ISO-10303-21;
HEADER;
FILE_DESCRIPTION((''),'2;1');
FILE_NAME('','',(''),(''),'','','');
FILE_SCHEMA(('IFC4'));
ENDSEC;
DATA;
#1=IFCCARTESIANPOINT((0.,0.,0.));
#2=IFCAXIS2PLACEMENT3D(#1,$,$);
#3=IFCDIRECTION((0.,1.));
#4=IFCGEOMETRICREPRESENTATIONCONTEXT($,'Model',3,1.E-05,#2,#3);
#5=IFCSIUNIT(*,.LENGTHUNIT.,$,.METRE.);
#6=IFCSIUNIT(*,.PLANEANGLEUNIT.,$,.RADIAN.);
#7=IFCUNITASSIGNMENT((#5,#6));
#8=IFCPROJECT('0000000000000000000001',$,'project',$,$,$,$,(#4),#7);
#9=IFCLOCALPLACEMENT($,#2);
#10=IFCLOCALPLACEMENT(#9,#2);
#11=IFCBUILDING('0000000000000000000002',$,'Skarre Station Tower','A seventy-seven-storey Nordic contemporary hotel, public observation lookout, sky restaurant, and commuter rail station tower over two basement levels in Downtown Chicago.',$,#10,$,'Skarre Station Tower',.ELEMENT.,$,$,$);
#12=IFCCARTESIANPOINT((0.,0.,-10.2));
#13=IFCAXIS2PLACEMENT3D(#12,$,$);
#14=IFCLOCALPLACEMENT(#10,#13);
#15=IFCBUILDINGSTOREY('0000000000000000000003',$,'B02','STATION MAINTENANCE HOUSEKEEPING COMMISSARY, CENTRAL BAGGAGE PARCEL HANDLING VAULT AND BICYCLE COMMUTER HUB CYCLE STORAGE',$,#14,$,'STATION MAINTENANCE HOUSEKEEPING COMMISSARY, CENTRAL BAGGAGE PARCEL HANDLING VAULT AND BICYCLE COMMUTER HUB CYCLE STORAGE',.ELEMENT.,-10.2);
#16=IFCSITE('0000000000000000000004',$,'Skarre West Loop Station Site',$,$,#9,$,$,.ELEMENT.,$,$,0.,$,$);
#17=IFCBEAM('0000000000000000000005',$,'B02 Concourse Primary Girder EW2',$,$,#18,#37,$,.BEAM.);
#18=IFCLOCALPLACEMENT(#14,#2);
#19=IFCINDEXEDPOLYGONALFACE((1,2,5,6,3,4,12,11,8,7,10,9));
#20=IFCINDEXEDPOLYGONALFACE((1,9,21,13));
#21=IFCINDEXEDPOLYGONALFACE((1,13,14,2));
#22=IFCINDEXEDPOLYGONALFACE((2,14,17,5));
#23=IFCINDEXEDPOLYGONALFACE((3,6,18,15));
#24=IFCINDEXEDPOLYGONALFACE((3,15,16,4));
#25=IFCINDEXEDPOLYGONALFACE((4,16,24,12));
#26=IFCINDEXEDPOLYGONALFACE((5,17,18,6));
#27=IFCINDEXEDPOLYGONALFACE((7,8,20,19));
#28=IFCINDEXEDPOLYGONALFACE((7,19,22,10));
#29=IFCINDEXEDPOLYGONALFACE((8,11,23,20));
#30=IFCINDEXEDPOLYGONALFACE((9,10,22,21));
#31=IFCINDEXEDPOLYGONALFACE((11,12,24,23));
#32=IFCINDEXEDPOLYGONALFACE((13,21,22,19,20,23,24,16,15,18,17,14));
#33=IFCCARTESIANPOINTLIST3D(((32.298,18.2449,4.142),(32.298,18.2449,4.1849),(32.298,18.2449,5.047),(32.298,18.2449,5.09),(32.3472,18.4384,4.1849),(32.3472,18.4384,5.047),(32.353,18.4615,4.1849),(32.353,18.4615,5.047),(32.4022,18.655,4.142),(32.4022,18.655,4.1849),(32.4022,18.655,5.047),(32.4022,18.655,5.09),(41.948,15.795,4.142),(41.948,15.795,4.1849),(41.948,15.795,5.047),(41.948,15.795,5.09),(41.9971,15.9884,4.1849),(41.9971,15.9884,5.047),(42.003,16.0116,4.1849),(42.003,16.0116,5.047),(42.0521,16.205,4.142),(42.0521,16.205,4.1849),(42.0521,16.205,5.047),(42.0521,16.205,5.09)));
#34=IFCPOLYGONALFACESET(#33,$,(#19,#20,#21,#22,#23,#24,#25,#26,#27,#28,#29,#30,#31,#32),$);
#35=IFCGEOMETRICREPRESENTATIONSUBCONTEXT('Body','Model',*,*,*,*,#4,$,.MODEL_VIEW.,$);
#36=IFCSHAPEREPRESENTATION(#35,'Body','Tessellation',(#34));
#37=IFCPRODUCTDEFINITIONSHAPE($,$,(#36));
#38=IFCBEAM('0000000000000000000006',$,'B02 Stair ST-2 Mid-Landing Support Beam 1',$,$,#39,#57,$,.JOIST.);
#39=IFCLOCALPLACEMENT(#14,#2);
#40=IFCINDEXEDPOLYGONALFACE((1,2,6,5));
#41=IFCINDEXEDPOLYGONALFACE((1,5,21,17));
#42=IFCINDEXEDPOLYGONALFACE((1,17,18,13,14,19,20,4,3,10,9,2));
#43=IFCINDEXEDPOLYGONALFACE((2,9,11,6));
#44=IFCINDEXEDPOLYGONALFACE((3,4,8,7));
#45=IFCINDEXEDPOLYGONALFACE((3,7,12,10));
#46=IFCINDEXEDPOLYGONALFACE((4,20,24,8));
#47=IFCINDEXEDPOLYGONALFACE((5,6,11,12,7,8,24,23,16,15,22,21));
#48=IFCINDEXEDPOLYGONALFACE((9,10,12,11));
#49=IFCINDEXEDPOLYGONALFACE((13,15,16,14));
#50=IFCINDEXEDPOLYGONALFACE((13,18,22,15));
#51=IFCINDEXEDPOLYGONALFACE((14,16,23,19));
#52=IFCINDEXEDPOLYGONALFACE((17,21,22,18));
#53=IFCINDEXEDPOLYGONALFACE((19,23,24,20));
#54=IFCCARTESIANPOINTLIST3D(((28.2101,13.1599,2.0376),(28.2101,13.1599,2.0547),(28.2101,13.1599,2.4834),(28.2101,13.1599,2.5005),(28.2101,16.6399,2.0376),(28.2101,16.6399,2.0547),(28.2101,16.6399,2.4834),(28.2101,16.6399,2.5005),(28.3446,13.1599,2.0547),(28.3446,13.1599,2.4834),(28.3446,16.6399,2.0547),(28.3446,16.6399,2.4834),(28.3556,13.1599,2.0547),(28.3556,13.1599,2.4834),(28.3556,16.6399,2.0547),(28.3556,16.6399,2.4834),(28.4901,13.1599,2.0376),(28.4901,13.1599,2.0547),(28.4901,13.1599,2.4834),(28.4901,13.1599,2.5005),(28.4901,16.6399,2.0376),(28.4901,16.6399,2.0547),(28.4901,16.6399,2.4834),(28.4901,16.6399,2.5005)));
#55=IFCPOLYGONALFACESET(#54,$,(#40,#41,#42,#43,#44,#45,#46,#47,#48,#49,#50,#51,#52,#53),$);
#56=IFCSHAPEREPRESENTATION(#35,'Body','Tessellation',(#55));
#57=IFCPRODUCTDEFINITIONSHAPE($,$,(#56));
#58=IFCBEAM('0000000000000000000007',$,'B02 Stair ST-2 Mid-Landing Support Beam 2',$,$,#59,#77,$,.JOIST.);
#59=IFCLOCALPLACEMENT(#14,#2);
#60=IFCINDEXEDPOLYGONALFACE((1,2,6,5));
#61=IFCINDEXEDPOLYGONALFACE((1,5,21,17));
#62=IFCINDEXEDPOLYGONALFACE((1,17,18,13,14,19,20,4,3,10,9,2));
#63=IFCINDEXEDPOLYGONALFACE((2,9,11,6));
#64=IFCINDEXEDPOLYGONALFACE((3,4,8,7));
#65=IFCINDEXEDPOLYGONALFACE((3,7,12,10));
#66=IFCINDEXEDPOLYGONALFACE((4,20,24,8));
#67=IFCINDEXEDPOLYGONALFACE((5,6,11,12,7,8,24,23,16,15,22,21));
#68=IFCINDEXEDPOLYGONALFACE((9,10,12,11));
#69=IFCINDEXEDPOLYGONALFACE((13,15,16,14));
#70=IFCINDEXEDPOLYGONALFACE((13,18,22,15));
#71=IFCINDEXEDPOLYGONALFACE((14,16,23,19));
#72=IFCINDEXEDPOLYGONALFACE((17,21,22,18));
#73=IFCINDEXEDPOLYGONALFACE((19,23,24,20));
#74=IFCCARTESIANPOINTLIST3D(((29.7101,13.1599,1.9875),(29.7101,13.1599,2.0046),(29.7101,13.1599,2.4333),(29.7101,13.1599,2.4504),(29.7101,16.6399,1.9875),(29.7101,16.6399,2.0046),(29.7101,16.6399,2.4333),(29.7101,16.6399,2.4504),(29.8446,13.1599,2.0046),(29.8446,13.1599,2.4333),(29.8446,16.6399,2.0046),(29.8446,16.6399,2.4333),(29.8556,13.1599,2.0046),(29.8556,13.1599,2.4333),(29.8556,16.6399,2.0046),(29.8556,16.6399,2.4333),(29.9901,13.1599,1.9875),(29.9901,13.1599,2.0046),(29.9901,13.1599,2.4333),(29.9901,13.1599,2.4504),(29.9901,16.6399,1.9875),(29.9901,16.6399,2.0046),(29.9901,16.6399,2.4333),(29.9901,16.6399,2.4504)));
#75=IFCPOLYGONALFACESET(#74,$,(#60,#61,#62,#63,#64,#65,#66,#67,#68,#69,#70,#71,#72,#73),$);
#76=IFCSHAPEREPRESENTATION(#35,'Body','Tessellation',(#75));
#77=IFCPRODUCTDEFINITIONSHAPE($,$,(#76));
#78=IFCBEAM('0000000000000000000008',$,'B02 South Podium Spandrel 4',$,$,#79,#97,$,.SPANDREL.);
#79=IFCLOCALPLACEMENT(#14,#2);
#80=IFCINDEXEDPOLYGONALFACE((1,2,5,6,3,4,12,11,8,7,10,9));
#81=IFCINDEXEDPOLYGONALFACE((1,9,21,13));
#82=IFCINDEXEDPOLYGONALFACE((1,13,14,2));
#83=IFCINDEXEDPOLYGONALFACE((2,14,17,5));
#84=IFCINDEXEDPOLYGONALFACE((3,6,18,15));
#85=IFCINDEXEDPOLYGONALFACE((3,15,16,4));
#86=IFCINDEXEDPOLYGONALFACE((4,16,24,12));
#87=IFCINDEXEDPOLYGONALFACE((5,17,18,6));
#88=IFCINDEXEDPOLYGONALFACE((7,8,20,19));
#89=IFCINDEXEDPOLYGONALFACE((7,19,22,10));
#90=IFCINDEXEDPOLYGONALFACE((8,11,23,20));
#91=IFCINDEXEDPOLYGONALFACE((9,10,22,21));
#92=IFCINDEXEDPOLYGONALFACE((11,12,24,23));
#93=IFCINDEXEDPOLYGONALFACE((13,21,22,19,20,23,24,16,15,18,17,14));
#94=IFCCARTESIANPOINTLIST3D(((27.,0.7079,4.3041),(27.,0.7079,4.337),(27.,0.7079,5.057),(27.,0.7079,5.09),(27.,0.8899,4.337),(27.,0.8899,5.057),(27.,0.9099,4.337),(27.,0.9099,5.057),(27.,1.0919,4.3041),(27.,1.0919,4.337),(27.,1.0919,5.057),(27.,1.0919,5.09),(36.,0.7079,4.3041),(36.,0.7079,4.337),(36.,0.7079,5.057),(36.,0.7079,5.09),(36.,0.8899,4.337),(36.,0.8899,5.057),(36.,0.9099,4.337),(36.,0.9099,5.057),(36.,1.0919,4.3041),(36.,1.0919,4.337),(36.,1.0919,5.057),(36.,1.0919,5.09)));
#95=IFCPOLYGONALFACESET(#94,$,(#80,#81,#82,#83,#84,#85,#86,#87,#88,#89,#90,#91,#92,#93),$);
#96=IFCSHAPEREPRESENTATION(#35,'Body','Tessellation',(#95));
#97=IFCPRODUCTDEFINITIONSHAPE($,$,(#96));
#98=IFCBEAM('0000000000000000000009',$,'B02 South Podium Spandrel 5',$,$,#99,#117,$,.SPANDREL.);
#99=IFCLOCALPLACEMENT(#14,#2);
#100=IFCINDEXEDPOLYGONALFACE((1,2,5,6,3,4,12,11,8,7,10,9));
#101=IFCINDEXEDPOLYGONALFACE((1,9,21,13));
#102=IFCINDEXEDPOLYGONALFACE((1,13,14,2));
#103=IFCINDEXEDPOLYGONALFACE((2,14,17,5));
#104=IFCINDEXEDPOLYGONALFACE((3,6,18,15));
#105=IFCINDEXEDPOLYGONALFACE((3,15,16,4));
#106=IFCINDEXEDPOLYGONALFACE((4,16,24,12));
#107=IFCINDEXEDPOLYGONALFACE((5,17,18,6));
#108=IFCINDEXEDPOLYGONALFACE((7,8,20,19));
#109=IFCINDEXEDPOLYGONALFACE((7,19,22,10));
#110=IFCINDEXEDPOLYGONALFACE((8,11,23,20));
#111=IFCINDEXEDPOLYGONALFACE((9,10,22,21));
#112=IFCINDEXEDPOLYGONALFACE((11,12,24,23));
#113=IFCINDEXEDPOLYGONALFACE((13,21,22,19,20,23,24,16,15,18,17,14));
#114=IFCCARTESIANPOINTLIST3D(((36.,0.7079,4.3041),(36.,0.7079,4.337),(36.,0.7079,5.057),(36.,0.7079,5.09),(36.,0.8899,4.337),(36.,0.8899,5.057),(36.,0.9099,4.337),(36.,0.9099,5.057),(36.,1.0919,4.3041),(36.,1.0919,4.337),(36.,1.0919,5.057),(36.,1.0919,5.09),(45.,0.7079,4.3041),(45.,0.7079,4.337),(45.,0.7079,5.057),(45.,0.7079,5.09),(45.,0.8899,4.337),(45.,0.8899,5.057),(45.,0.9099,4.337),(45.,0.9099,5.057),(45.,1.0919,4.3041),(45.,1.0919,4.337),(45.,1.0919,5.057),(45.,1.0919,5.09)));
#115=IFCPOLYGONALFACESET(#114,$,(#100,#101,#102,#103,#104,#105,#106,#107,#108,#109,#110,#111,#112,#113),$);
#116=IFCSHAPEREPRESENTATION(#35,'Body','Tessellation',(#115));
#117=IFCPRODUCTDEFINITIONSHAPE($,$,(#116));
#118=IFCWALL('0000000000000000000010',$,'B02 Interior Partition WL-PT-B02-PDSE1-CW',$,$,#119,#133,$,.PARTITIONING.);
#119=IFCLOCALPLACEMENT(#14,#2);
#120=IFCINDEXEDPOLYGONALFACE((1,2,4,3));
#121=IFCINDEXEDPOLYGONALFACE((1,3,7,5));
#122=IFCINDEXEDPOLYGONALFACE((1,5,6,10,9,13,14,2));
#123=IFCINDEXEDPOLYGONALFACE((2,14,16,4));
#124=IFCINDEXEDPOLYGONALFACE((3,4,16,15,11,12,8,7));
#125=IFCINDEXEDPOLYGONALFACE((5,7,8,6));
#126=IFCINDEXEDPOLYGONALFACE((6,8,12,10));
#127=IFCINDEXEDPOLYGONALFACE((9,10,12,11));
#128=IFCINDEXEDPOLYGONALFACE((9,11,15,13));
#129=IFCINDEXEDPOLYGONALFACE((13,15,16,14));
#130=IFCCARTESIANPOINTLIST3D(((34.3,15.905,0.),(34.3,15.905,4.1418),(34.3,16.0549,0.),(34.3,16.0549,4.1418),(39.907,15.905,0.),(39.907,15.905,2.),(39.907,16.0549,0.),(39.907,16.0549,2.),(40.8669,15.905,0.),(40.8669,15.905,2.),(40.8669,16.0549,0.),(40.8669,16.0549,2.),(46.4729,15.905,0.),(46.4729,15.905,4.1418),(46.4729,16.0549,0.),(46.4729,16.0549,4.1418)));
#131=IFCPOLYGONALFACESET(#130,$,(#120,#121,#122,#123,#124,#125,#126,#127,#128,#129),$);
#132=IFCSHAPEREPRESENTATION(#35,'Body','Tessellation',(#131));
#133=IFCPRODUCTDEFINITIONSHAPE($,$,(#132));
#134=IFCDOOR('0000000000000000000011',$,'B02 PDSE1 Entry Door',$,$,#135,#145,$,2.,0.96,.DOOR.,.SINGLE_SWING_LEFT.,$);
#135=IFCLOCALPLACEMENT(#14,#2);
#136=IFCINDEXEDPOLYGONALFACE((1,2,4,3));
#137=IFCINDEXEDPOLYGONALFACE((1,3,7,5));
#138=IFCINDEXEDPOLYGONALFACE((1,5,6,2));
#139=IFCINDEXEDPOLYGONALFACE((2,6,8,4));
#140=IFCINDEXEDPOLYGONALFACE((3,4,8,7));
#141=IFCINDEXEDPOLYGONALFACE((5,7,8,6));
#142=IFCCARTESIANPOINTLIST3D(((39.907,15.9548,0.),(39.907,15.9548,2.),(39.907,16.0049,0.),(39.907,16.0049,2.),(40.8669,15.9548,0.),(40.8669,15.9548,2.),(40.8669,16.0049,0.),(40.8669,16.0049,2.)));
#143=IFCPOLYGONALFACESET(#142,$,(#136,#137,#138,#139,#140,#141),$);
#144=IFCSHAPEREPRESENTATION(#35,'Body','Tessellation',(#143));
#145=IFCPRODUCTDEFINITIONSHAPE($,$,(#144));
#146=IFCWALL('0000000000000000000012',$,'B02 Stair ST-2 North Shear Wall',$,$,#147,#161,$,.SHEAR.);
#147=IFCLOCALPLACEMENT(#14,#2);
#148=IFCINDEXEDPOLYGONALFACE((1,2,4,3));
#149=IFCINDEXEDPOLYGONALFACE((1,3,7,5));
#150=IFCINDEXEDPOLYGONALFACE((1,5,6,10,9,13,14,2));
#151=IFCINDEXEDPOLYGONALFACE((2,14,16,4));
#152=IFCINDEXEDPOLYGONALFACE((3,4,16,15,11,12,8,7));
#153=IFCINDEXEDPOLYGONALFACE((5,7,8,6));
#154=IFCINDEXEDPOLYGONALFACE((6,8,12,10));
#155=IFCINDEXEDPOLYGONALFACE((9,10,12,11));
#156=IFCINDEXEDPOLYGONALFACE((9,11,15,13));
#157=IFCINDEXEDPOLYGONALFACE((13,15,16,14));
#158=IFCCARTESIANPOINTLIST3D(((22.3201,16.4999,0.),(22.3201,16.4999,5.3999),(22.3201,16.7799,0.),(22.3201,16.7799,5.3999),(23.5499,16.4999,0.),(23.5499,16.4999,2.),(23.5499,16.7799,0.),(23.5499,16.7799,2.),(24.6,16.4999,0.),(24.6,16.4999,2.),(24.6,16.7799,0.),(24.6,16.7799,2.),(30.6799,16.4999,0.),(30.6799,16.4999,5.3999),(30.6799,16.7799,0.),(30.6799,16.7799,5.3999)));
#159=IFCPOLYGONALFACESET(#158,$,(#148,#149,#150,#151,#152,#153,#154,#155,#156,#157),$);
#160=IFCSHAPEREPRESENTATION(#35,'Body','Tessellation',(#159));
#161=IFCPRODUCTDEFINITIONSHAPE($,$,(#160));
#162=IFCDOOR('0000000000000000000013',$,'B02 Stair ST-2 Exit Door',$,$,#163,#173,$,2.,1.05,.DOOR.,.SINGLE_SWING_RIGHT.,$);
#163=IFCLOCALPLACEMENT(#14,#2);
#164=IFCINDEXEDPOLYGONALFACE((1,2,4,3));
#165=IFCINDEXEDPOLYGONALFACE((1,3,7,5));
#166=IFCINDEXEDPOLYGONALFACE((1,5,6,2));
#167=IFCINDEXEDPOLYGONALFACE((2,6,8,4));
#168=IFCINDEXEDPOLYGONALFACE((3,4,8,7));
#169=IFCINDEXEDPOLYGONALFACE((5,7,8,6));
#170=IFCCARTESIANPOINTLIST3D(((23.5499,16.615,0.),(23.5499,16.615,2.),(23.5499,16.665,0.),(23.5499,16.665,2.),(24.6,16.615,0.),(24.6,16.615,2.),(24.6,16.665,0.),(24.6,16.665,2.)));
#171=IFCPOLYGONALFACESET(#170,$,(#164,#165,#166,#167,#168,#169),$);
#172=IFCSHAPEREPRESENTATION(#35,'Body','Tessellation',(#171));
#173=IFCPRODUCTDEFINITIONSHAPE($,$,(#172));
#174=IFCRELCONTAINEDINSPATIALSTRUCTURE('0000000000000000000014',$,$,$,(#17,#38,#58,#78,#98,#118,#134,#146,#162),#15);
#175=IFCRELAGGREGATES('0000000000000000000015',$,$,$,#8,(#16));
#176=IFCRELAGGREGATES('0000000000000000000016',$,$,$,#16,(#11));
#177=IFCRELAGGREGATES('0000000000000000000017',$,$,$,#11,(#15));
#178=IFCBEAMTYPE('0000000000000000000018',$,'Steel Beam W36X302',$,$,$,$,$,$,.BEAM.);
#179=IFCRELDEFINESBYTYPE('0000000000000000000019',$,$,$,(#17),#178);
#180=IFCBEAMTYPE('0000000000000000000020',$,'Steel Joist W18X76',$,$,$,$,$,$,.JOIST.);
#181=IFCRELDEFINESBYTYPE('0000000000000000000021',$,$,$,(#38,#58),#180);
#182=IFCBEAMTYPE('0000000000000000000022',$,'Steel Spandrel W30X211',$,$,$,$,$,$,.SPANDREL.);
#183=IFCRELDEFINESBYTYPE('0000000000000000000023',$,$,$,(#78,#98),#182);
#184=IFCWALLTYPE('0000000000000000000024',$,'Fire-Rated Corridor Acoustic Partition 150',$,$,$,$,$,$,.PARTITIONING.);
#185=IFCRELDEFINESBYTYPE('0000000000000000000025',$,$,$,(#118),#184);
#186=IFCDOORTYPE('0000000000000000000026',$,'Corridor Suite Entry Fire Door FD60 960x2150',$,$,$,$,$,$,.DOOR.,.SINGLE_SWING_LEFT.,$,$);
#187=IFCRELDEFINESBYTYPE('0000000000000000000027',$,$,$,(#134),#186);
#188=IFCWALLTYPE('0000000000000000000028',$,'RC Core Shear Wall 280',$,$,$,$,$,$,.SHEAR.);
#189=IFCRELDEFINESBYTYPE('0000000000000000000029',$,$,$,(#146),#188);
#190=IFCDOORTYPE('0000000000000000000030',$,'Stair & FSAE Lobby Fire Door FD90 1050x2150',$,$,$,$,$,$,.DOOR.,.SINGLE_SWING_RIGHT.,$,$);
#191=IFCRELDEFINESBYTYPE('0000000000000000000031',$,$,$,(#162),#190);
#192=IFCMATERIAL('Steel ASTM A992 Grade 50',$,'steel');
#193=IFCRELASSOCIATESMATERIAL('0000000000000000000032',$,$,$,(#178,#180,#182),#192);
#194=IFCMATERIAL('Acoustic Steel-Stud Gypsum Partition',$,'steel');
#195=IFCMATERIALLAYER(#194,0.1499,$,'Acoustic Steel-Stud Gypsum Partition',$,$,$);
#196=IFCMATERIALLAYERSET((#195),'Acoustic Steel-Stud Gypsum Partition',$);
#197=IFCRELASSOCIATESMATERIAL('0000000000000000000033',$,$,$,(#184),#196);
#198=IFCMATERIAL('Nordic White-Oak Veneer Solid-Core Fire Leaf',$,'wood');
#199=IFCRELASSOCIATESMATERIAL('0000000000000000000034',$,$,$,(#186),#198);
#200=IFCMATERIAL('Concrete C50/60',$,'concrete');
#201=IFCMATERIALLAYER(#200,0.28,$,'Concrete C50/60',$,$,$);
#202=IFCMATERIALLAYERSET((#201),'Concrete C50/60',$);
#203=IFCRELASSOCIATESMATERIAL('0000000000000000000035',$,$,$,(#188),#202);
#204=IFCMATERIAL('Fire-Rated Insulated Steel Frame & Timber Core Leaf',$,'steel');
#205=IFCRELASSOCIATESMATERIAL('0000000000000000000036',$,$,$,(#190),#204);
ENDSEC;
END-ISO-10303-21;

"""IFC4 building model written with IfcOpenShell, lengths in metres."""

from ifc_helpers import new_model, si_unit, direction, frame, frame_2d, origin, origin_2d, place, context, subcontext, project, spatial, rectangle, i_section, extrude, material, layer, layer_set, material_profile, profile_set, type_object, element, fill, save


model = new_model("IFC4")

# Units and contexts
model_context = context("Model", 3, precision=1e-05, world=origin(), true_north=direction((0.0, 1.0)))
body_context = subcontext(model_context, "Body", "Model", "MODEL_VIEW")
ifc_project = project(units=[si_unit("LENGTHUNIT", "METRE"), si_unit("PLANEANGLEUNIT", "RADIAN")], contexts=[model_context])

# Site, building, storey
site_placement = place(None, origin())
site = spatial("IfcSite", under=ifc_project, at=site_placement, Name="Skarre West Loop Station Site", CompositionType="ELEMENT", RefElevation=0.0)
building_placement = place(site_placement, origin())
building = spatial("IfcBuilding", under=site, at=building_placement, Name="Skarre Station Tower", Description="A seventy-seven-storey Nordic contemporary hotel, public observation lookout, sky restaurant, and commuter rail station tower over two basement levels in Downtown Chicago.", LongName="Skarre Station Tower", CompositionType="ELEMENT")
storey_placement = place(building_placement, frame((0.0, 0.0, -10.2)))
storey = spatial("IfcBuildingStorey", under=building, at=storey_placement, Name="B02", Description="STATION MAINTENANCE HOUSEKEEPING COMMISSARY, CENTRAL BAGGAGE PARCEL HANDLING VAULT AND BICYCLE COMMUTER HUB CYCLE STORAGE", LongName="STATION MAINTENANCE HOUSEKEEPING COMMISSARY, CENTRAL BAGGAGE PARCEL HANDLING VAULT AND BICYCLE COMMUTER HUB CYCLE STORAGE", CompositionType="ELEMENT", Elevation=-10.2)

# Shared definitions
ifc_material_1 = material(Name="Concrete C50/60", Category="concrete")

# Beams
ifc_material_2 = material(Name="Steel ASTM A992 Grade 50", Category="steel")
ifc_material_profile_1 = material_profile(ifc_material_2, i_section(OverallWidth=0.4231, OverallDepth=0.948, WebThickness=0.0239, FlangeThickness=0.043, at=origin_2d()), Name="Steel ASTM A992 Grade 50")
ifc_profile_set_1 = profile_set([ifc_material_profile_1], Name="Steel ASTM A992 Grade 50")
beam_type_1 = type_object("IfcBeamType", Name="Steel Beam W36X302", PredefinedType="BEAM", material=ifc_profile_set_1)
beam_placement = place(storey_placement, frame((32.3501, 18.45, 4.616), z_axis=(0.96925, -0.246077, 0.0), x_axis=(0.246077, 0.96925, 0.0)))
element("IfcBeam", 1, at=beam_placement, inside=storey, type_object=beam_type_1, Name="B02 Concourse Primary Girder EW2", PredefinedType="BEAM", context=body_context, shape_type="SweptSolid", body=[
    extrude(i_section(OverallWidth=0.4231, OverallDepth=0.948, WebThickness=0.0239, FlangeThickness=0.043, at=origin_2d()), origin(), (0.0, 0.0, 1.0), 9.9561),
])
ifc_material_profile_2 = material_profile(ifc_material_2, i_section(OverallWidth=0.28, OverallDepth=0.4629, WebThickness=0.011, FlangeThickness=0.0171, at=origin_2d()), Name="Steel ASTM A992 Grade 50")
ifc_profile_set_2 = profile_set([ifc_material_profile_2], Name="Steel ASTM A992 Grade 50")
beam_type_2 = type_object("IfcBeamType", Name="Steel Joist W18X76", PredefinedType="JOIST", material=ifc_profile_set_2)
for number, where, z_axis, x_axis, name in (
    (2, (28.3501, 13.1599, 2.269), (0.0, 1.0, 0.0), (-1.0, 0.0, 0.0), "B02 Stair ST-2 Mid-Landing Support Beam 1"),
    (3, (29.8501, 13.1599, 2.219), (0.0, 1.0, 0.0), (-1.0, 0.0, 0.0), "B02 Stair ST-2 Mid-Landing Support Beam 2"),
):
    element("IfcBeam", number, at=place(storey_placement, frame(where, z_axis=z_axis, x_axis=x_axis)), inside=storey, type_object=beam_type_2, Name=name, PredefinedType="JOIST", context=body_context, shape_type="SweptSolid", body=[
        extrude(i_section(OverallWidth=0.28, OverallDepth=0.4629, WebThickness=0.011, FlangeThickness=0.0171, at=origin_2d()), origin(), (0.0, 0.0, 1.0), 3.48),
    ])
ifc_material_profile_3 = material_profile(ifc_material_2, i_section(OverallWidth=0.384, OverallDepth=0.7859, WebThickness=0.02, FlangeThickness=0.033, at=origin_2d()), Name="Steel ASTM A992 Grade 50")
ifc_profile_set_3 = profile_set([ifc_material_profile_3], Name="Steel ASTM A992 Grade 50")
beam_type_3 = type_object("IfcBeamType", Name="Steel Spandrel W30X211", PredefinedType="SPANDREL", material=ifc_profile_set_3)
for number, where, z_axis, x_axis, name in (
    (4, (27.0, 0.8999, 4.697), (1.0, 0.0, 0.0), (0.0, 1.0, 0.0), "B02 South Podium Spandrel 4"),
    (5, (36.0, 0.8999, 4.697), (1.0, 0.0, 0.0), (0.0, 1.0, 0.0), "B02 South Podium Spandrel 5"),
):
    element("IfcBeam", number, at=place(storey_placement, frame(where, z_axis=z_axis, x_axis=x_axis)), inside=storey, type_object=beam_type_3, Name=name, PredefinedType="SPANDREL", context=body_context, shape_type="SweptSolid", body=[
        extrude(i_section(OverallWidth=0.384, OverallDepth=0.7859, WebThickness=0.02, FlangeThickness=0.033, at=origin_2d()), origin(), (0.0, 0.0, 1.0), 9.0),
    ])

# Walls, openings, doors
ifc_material_3 = material(Name="Acoustic Steel-Stud Gypsum Partition", Category="steel")
ifc_layer_1 = layer(ifc_material_3, 0.1499, Name="Acoustic Steel-Stud Gypsum Partition")
ifc_layer_set_1 = layer_set([ifc_layer_1], Name="Acoustic Steel-Stud Gypsum Partition")
wall_type_1 = type_object("IfcWallType", Name="Fire-Rated Corridor Acoustic Partition 150", PredefinedType="PARTITIONING", material=ifc_layer_set_1)
wall_1_placement = place(storey_placement, frame((34.3, 15.98, 0.0), z_axis=(0.0, 0.0, 1.0), x_axis=(1.0, 0.0, 0.0)))
wall_1 = element("IfcWall", 6, at=wall_1_placement, inside=storey, type_object=wall_type_1, Name="B02 Interior Partition WL-PT-B02-PDSE1-CW", PredefinedType="PARTITIONING", context=body_context, shape_type="SweptSolid", body=[
    extrude(rectangle(XDim=12.1729, YDim=0.1499, at=frame_2d((6.0864, 0.0))), origin(), (0.0, 0.0, 1.0), 4.1418),
])
opening_1_placement = place(wall_1_placement, frame((5.6069, 0.0, 0.0)))
opening_1 = element("IfcOpeningElement", 7, at=opening_1_placement, cuts=wall_1, PredefinedType="OPENING", context=body_context, shape_type="SweptSolid", body=[
    extrude(rectangle(XDim=0.96, YDim=2.0, at=frame_2d((0.48, 1.0))), frame((0.0, 0.085, 0.0), z_axis=(0.0, -1.0, 0.0), x_axis=(1.0, 0.0, 0.0)), (0.0, 0.0, 1.0), 0.1699),
])
ifc_material_4 = material(Name="Nordic White-Oak Veneer Solid-Core Fire Leaf", Category="wood")
door_type_1 = type_object("IfcDoorType", Name="Corridor Suite Entry Fire Door FD60 960x2150", OperationType="SINGLE_SWING_LEFT", PredefinedType="DOOR", material=ifc_material_4)
door_1_placement = place(opening_1_placement, origin())
door_1 = element("IfcDoor", 8, at=door_1_placement, inside=storey, type_object=door_type_1, Name="B02 PDSE1 Entry Door", OperationType="SINGLE_SWING_LEFT", OverallHeight=2.0, OverallWidth=0.96, PredefinedType="DOOR", context=body_context, shape_type="SweptSolid", body=[
    extrude(rectangle(XDim=0.96, YDim=2.0, at=frame_2d((0.48, 1.0))), frame((0.0, 0.0249, 0.0), z_axis=(0.0, -1.0, 0.0), x_axis=(1.0, 0.0, 0.0)), (0.0, 0.0, 1.0), 0.05),
])
fill(opening_1, door_1)
ifc_layer_2 = layer(ifc_material_1, 0.28, Name="Concrete C50/60")
ifc_layer_set_2 = layer_set([ifc_layer_2], Name="Concrete C50/60")
wall_type_2 = type_object("IfcWallType", Name="RC Core Shear Wall 280", PredefinedType="SHEAR", material=ifc_layer_set_2)
wall_2_placement = place(storey_placement, frame((30.6799, 16.6399, 0.0), z_axis=(0.0, 0.0, 1.0), x_axis=(-1.0, 0.0, 0.0)))
wall_2 = element("IfcWall", 9, at=wall_2_placement, inside=storey, type_object=wall_type_2, Name="B02 Stair ST-2 North Shear Wall", PredefinedType="SHEAR", context=body_context, shape_type="SweptSolid", body=[
    extrude(rectangle(XDim=8.3599, YDim=0.28, at=frame_2d((4.1799, 0.0))), origin(), (0.0, 0.0, 1.0), 5.3999),
])
opening_2_placement = place(wall_2_placement, frame((6.0801, 0.0, 0.0)))
opening_2 = element("IfcOpeningElement", 10, at=opening_2_placement, cuts=wall_2, PredefinedType="OPENING", context=body_context, shape_type="SweptSolid", body=[
    extrude(rectangle(XDim=1.05, YDim=2.0, at=frame_2d((0.5249, 1.0))), frame((0.0, 0.1499, 0.0), z_axis=(0.0, -1.0, 0.0), x_axis=(1.0, 0.0, 0.0)), (0.0, 0.0, 1.0), 0.3),
])
ifc_material_5 = material(Name="Fire-Rated Insulated Steel Frame & Timber Core Leaf", Category="steel")
door_type_2 = type_object("IfcDoorType", Name="Stair & FSAE Lobby Fire Door FD90 1050x2150", OperationType="SINGLE_SWING_RIGHT", PredefinedType="DOOR", material=ifc_material_5)
door_2_placement = place(opening_2_placement, origin())
door_2 = element("IfcDoor", 11, at=door_2_placement, inside=storey, type_object=door_type_2, Name="B02 Stair ST-2 Exit Door", OperationType="SINGLE_SWING_RIGHT", OverallHeight=2.0, OverallWidth=1.05, PredefinedType="DOOR", context=body_context, shape_type="SweptSolid", body=[
    extrude(rectangle(XDim=1.05, YDim=2.0, at=frame_2d((0.5249, 1.0))), frame((0.0, 0.0249, 0.0), z_axis=(0.0, -1.0, 0.0), x_axis=(1.0, 0.0, 0.0)), (0.0, 0.0, 1.0), 0.05),
])
fill(opening_2, door_2)

save(model, "model.ifc")
